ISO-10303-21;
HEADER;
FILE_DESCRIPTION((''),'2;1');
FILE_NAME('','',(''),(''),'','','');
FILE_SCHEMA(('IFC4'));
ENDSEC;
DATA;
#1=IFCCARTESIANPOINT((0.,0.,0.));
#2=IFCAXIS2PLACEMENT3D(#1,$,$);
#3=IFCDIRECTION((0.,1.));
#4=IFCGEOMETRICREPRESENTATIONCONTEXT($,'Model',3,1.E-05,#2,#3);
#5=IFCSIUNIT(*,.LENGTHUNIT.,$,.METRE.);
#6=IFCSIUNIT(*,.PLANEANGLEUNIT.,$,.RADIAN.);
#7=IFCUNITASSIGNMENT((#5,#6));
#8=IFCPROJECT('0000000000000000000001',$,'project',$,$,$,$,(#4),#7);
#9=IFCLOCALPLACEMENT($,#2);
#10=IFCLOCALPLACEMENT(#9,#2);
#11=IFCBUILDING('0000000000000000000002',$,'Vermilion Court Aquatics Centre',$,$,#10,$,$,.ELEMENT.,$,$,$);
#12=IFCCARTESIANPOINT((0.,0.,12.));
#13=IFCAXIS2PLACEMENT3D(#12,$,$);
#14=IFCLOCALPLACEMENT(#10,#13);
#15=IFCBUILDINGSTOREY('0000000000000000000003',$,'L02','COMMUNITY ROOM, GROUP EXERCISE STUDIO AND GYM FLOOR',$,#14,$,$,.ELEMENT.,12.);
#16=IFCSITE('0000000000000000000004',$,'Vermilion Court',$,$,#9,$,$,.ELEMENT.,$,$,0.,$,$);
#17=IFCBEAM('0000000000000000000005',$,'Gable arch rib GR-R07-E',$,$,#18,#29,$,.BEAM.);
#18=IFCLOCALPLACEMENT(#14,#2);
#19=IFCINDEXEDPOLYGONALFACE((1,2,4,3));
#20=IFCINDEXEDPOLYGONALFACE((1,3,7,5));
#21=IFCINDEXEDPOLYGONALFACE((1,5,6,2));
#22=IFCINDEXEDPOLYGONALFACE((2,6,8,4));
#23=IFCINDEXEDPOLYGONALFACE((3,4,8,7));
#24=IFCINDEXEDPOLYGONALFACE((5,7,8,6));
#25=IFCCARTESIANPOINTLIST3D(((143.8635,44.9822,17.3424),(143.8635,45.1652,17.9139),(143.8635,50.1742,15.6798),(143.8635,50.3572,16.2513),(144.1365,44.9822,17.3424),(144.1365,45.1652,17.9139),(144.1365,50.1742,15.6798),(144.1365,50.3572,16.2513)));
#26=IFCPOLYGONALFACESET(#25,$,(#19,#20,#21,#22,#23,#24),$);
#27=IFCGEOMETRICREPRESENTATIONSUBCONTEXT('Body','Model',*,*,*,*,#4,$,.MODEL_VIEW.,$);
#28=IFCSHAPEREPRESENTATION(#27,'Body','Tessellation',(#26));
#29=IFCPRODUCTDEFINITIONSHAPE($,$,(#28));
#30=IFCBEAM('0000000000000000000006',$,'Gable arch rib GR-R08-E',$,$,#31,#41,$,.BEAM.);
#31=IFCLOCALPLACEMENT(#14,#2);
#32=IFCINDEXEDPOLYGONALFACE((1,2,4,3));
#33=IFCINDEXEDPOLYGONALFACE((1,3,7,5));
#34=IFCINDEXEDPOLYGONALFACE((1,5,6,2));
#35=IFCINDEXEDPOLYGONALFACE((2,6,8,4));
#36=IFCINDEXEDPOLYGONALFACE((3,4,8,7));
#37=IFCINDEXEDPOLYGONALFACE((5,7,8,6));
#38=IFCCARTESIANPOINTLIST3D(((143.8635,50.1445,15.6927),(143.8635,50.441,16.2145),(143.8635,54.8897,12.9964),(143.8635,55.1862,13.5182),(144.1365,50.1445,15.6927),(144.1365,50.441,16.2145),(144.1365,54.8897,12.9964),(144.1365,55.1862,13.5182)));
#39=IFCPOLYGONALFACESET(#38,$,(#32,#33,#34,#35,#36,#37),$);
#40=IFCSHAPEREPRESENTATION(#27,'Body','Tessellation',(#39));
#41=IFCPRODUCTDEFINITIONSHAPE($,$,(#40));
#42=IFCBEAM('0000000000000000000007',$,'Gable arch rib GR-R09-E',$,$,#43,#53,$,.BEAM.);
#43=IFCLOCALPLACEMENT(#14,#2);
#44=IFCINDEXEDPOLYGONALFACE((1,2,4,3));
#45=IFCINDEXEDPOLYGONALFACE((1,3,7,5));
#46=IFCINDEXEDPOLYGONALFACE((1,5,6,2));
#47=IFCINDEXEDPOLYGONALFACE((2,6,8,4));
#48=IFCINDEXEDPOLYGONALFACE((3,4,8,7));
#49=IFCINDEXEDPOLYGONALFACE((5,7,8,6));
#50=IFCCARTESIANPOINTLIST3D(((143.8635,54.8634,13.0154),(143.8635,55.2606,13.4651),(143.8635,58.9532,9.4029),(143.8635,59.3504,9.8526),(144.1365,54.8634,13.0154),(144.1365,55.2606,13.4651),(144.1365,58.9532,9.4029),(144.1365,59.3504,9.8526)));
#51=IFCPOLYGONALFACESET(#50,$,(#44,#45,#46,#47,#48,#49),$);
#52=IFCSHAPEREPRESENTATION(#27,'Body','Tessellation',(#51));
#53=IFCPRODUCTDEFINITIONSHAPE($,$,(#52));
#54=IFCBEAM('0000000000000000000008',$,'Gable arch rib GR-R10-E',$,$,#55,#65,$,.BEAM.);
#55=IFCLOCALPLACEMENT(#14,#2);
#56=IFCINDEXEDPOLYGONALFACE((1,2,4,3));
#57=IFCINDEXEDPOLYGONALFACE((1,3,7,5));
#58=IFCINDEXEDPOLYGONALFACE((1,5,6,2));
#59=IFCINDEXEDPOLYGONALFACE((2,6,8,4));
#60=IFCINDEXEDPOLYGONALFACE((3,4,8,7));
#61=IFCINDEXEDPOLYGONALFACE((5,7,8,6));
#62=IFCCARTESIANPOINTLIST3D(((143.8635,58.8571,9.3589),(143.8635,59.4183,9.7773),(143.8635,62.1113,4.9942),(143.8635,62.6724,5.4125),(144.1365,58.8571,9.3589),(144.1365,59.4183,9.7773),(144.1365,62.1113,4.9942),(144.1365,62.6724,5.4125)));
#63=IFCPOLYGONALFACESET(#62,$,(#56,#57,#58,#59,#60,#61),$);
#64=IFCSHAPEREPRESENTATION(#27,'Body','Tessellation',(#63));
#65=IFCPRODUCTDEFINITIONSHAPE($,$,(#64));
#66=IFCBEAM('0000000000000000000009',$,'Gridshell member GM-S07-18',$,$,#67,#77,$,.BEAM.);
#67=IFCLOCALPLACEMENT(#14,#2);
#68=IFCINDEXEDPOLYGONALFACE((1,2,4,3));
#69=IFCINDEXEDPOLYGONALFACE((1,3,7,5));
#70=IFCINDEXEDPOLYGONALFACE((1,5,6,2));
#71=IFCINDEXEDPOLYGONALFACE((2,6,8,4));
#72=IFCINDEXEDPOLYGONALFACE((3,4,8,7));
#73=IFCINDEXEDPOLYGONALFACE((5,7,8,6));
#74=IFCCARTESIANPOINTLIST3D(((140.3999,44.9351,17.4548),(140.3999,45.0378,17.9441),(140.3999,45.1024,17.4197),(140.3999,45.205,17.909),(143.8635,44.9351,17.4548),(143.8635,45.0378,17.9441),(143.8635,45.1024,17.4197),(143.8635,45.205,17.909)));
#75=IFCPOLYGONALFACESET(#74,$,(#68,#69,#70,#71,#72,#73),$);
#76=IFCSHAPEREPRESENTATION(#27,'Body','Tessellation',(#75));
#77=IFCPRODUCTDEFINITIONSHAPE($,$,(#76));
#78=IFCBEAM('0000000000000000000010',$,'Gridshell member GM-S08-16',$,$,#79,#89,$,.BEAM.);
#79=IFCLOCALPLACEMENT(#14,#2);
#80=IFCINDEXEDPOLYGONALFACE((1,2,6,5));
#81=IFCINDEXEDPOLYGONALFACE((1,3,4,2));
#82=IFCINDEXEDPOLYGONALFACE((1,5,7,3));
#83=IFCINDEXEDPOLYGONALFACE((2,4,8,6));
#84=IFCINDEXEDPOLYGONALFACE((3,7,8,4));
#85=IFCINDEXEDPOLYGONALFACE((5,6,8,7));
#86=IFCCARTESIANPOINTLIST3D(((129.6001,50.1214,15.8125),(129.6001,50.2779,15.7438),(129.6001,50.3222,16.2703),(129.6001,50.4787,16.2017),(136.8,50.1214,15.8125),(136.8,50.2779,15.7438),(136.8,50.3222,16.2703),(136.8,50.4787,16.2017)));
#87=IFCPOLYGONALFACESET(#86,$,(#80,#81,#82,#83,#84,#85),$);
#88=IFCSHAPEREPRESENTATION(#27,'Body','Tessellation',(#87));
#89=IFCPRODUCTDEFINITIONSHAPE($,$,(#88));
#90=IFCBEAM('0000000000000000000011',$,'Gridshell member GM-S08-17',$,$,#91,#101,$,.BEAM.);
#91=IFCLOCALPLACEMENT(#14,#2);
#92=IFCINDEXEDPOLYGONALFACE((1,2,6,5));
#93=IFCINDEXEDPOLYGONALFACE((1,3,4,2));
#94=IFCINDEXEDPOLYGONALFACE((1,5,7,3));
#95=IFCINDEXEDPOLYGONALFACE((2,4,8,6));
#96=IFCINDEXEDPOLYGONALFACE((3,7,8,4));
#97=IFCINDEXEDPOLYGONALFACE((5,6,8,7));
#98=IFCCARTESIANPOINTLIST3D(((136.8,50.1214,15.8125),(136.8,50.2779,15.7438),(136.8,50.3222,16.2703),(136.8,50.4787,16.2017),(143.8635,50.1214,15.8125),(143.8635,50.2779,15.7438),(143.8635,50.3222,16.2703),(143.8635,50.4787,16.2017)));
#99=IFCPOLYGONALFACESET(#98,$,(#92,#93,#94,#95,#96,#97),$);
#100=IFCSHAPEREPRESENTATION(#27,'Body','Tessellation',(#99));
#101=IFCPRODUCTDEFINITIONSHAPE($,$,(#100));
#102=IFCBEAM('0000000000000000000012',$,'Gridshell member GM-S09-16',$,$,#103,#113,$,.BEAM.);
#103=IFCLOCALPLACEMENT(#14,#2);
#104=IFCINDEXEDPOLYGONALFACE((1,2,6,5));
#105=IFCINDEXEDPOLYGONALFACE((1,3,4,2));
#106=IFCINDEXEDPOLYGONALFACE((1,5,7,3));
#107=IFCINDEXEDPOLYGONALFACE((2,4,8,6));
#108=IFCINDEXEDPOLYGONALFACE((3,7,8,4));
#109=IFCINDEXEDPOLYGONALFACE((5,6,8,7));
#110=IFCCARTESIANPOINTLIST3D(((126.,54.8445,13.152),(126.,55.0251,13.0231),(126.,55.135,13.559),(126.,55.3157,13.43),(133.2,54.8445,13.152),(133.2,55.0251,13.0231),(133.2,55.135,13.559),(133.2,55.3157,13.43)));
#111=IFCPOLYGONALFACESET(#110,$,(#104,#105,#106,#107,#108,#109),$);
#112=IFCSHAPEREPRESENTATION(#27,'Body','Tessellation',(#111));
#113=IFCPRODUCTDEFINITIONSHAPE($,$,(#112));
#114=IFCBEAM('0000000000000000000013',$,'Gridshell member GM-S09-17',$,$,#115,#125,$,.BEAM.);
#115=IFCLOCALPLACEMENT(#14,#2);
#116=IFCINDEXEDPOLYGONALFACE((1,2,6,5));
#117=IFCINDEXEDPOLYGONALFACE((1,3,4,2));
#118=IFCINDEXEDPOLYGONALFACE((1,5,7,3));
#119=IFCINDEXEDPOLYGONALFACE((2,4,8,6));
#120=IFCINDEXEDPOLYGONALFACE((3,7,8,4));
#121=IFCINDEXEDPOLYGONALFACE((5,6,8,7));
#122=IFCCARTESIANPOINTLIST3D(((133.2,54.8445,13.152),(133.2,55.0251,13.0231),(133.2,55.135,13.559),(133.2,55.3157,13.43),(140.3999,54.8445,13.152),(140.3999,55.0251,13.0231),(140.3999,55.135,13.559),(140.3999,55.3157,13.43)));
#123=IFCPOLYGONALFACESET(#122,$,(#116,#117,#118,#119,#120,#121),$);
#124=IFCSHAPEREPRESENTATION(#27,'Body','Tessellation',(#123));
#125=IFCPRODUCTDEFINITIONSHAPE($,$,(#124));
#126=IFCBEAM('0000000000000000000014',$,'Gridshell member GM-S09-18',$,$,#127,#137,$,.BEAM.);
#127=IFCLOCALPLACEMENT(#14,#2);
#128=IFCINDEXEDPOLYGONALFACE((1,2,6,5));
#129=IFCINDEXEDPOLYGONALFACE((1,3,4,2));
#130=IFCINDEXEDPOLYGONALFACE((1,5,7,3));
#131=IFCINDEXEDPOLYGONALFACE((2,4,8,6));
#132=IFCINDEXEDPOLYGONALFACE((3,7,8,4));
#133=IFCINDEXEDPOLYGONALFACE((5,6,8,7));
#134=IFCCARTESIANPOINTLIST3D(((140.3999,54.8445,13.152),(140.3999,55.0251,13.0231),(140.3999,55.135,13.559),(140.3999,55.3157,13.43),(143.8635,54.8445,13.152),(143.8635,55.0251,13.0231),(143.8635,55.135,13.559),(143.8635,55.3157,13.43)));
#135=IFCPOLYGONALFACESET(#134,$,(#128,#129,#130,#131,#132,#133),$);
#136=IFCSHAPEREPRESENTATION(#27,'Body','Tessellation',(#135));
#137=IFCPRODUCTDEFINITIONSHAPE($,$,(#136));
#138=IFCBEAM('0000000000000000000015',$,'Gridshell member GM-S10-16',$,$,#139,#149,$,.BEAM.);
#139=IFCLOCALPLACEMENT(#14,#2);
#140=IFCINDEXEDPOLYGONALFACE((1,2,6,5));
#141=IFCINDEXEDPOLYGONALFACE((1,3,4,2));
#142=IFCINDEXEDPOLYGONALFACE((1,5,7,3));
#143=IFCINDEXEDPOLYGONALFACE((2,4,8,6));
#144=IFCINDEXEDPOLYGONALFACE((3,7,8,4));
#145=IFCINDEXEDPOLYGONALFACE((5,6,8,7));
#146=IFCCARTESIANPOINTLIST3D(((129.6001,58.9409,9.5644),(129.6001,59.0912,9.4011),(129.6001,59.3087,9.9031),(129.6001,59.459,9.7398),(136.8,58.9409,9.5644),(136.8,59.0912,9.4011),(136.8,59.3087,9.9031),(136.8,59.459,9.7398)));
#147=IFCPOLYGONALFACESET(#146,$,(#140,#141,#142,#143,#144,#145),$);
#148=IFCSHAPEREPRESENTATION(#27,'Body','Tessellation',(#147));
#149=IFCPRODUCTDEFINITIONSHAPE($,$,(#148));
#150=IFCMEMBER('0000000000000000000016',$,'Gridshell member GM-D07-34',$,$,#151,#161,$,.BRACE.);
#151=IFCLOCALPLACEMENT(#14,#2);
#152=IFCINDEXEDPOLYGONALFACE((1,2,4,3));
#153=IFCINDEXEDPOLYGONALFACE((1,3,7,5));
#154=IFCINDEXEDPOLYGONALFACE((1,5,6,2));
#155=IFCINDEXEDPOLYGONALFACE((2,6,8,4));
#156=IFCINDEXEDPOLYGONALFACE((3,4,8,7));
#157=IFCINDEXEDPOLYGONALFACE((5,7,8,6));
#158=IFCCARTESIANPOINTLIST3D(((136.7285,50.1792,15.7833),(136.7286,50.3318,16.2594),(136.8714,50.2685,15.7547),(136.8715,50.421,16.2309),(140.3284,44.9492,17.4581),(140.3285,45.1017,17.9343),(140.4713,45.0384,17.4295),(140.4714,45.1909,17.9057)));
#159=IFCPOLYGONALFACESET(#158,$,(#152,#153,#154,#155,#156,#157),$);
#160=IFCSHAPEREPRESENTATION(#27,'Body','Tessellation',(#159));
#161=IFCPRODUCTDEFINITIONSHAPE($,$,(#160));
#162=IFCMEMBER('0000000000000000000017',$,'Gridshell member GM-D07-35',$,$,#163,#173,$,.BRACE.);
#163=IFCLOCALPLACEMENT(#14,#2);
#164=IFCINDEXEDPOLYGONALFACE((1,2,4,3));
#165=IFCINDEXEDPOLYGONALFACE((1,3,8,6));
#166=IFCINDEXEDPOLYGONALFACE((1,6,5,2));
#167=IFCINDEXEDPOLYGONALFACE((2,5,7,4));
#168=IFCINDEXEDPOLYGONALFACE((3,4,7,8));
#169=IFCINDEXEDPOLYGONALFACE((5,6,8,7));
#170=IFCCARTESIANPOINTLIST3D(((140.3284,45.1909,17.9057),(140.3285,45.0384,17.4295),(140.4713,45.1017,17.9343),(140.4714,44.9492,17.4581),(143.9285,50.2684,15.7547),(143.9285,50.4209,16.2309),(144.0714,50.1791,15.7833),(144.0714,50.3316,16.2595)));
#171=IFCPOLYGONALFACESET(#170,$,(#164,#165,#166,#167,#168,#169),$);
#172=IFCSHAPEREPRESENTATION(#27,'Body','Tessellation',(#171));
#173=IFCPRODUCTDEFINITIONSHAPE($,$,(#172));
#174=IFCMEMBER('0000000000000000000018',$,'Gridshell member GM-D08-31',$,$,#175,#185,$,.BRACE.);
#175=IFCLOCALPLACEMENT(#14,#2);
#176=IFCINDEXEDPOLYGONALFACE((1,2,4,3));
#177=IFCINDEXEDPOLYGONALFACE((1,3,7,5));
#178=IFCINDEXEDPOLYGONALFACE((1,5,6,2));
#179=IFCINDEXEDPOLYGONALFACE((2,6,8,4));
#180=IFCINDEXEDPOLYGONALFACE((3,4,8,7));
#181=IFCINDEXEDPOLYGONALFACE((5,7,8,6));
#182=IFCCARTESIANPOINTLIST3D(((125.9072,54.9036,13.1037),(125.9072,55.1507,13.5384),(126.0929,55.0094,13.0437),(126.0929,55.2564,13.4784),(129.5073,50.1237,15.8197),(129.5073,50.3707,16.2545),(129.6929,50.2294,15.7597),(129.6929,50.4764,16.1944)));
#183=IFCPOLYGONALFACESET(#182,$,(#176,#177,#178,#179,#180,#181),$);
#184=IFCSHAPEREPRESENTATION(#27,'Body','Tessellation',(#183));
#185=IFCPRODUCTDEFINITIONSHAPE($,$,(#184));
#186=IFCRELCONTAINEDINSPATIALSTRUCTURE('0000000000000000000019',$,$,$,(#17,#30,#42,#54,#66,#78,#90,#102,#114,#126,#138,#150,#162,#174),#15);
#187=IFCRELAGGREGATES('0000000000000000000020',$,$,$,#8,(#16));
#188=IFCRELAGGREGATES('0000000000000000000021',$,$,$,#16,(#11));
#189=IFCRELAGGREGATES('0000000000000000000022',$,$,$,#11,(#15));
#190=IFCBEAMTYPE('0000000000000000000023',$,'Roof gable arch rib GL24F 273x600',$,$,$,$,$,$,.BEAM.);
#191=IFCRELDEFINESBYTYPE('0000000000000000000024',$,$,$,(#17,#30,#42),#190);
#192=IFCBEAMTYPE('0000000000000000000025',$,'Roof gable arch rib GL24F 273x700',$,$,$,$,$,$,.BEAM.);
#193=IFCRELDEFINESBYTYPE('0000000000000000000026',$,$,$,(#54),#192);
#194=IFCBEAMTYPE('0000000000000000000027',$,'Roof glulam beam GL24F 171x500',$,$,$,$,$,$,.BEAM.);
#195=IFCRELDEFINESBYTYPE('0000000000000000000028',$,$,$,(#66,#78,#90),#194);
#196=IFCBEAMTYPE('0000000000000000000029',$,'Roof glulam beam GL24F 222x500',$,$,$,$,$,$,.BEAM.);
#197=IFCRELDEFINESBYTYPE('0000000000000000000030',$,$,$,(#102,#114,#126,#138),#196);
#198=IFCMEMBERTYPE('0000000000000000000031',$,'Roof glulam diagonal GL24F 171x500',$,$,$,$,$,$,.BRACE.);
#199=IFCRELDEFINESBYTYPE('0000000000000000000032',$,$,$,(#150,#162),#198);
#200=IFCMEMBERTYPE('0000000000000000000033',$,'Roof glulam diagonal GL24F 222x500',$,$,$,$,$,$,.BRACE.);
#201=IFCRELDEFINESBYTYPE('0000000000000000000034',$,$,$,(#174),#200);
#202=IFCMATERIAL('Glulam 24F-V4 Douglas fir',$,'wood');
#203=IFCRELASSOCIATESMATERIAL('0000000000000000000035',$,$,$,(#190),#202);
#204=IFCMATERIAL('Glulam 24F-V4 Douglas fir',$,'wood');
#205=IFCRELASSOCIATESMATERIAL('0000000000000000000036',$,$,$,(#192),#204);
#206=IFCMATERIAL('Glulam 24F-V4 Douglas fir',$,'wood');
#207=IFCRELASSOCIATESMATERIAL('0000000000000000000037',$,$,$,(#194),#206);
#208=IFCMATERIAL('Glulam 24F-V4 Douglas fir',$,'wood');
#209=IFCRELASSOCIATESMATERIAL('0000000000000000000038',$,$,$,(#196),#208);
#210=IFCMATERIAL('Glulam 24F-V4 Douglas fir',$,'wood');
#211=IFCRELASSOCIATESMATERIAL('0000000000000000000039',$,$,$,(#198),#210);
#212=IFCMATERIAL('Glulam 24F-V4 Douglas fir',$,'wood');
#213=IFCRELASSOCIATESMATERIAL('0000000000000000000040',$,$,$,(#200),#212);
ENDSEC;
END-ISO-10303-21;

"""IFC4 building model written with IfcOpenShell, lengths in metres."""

from ifc_helpers import new_model, si_unit, direction, frame, origin, origin_2d, place, context, subcontext, project, spatial, rectangle, extrude, material, material_profile, profile_set, type_object, element, save


model = new_model("IFC4")

# Units and contexts
model_context = context("Model", 3, precision=1e-05, world=origin(), true_north=direction((0.0, 1.0)))
body_context = subcontext(model_context, "Body", "Model", "MODEL_VIEW")
ifc_project = project(units=[si_unit("LENGTHUNIT", "METRE"), si_unit("PLANEANGLEUNIT", "RADIAN")], contexts=[model_context])

# Site, building, storey
site_placement = place(None, origin())
site = spatial("IfcSite", under=ifc_project, at=site_placement, Name="Vermilion Court", CompositionType="ELEMENT", RefElevation=0.0)
building_placement = place(site_placement, origin())
building = spatial("IfcBuilding", under=site, at=building_placement, Name="Vermilion Court Aquatics Centre", CompositionType="ELEMENT")
storey_placement = place(building_placement, frame((0.0, 0.0, 12.0)))
storey = spatial("IfcBuildingStorey", under=building, at=storey_placement, Name="L02", Description="COMMUNITY ROOM, GROUP EXERCISE STUDIO AND GYM FLOOR", CompositionType="ELEMENT", Elevation=12.0)

# Beams
ifc_material_1 = material(Name="Glulam 24F-V4 Douglas fir", Category="wood")
ifc_material_profile_1 = material_profile(ifc_material_1, rectangle(XDim=0.2729, YDim=0.6001, at=origin_2d()), Name="GL24F 273x600")
ifc_profile_set_1 = profile_set([ifc_material_profile_1], Name="Glulam 24F-V4 Douglas fir")
beam_type_1 = type_object("IfcBeamType", Name="Roof gable arch rib GL24F 273x600", PredefinedType="BEAM", material=ifc_profile_set_1)
beam_1_placement = place(storey_placement, frame((144.0, 45.0737, 17.6282), z_axis=(0.0, 0.952361, -0.304974), x_axis=(-1.0, 0.0, 0.0)))
element("IfcBeam", 1, at=beam_1_placement, inside=storey, type_object=beam_type_1, Name="Gable arch rib GR-R07-E", PredefinedType="BEAM", context=body_context, shape_type="SweptSolid", body=[
    extrude(rectangle(XDim=0.2729, YDim=0.6001, at=origin_2d()), origin(), (0.0, 0.0, 1.0), 5.4517),
])
beam_2_placement = place(storey_placement, frame((144.0, 50.2927, 15.9536), z_axis=(0.0, 0.869441, -0.494037), x_axis=(-1.0, 0.0, 0.0)))
element("IfcBeam", 2, at=beam_2_placement, inside=storey, type_object=beam_type_1, Name="Gable arch rib GR-R08-E", PredefinedType="BEAM", context=body_context, shape_type="SweptSolid", body=[
    extrude(rectangle(XDim=0.2729, YDim=0.6001, at=origin_2d()), origin(), (0.0, 0.0, 1.0), 5.4578),
])
beam_3_placement = place(storey_placement, frame((144.0, 55.062, 13.2402), z_axis=(0.0, 0.749487, -0.66202), x_axis=(-1.0, 0.0, 0.0)))
element("IfcBeam", 3, at=beam_3_placement, inside=storey, type_object=beam_type_1, Name="Gable arch rib GR-R09-E", PredefinedType="BEAM", context=body_context, shape_type="SweptSolid", body=[
    extrude(rectangle(XDim=0.2729, YDim=0.6001, at=origin_2d()), origin(), (0.0, 0.0, 1.0), 5.4568),
])
ifc_material_2 = material(Name="Glulam 24F-V4 Douglas fir", Category="wood")
ifc_material_profile_2 = material_profile(ifc_material_2, rectangle(XDim=0.2729, YDim=0.7, at=origin_2d()), Name="GL24F 273x700")
ifc_profile_set_2 = profile_set([ifc_material_profile_2], Name="Glulam 24F-V4 Douglas fir")
beam_type_2 = type_object("IfcBeamType", Name="Roof gable arch rib GL24F 273x700", PredefinedType="BEAM", material=ifc_profile_set_2)
beam_4_placement = place(storey_placement, frame((144.0, 59.1377, 9.5681), z_axis=(0.0, 0.597716, -0.801708), x_axis=(-1.0, 0.0, 0.0)))
element("IfcBeam", 4, at=beam_4_placement, inside=storey, type_object=beam_type_2, Name="Gable arch rib GR-R10-E", PredefinedType="BEAM", context=body_context, shape_type="SweptSolid", body=[
    extrude(rectangle(XDim=0.2729, YDim=0.7, at=origin_2d()), origin(), (0.0, 0.0, 1.0), 5.4443),
])
ifc_material_3 = material(Name="Glulam 24F-V4 Douglas fir", Category="wood")
ifc_material_profile_3 = material_profile(ifc_material_3, rectangle(XDim=0.1709, YDim=0.5, at=origin_2d()), Name="GL24F 171x500")
ifc_profile_set_3 = profile_set([ifc_material_profile_3], Name="Glulam 24F-V4 Douglas fir")
beam_type_3 = type_object("IfcBeamType", Name="Roof glulam beam GL24F 171x500", PredefinedType="BEAM", material=ifc_profile_set_3)
beam_5_placement = place(storey_placement, frame((140.3999, 45.0701, 17.6819), z_axis=(1.0, 0.0, 0.0), x_axis=(0.0, 0.978692, -0.205333)))
element("IfcBeam", 5, at=beam_5_placement, inside=storey, type_object=beam_type_3, Name="Gridshell member GM-S07-18", PredefinedType="BEAM", context=body_context, shape_type="SweptSolid", body=[
    extrude(rectangle(XDim=0.1709, YDim=0.5, at=origin_2d()), origin(), (0.0, 0.0, 1.0), 3.4636),
])
beam_6_placement = place(storey_placement, frame((129.6001, 50.3, 16.0071), z_axis=(1.0, 0.0, 0.0), x_axis=(0.0, 0.915794, -0.401648)))
element("IfcBeam", 6, at=beam_6_placement, inside=storey, type_object=beam_type_3, Name="Gridshell member GM-S08-16", PredefinedType="BEAM", context=body_context, shape_type="SweptSolid", body=[
    extrude(rectangle(XDim=0.1709, YDim=0.5, at=origin_2d()), origin(), (0.0, 0.0, 1.0), 7.2),
])
beam_7_placement = place(storey_placement, frame((136.8, 50.3, 16.0071), z_axis=(1.0, 0.0, 0.0), x_axis=(0.0, 0.915794, -0.401648)))
element("IfcBeam", 7, at=beam_7_placement, inside=storey, type_object=beam_type_3, Name="Gridshell member GM-S08-17", PredefinedType="BEAM", context=body_context, shape_type="SweptSolid", body=[
    extrude(rectangle(XDim=0.1709, YDim=0.5, at=origin_2d()), origin(), (0.0, 0.0, 1.0), 7.0635),
])
ifc_material_4 = material(Name="Glulam 24F-V4 Douglas fir", Category="wood")
ifc_material_profile_4 = material_profile(ifc_material_4, rectangle(XDim=0.2219, YDim=0.5, at=origin_2d()), Name="GL24F 222x500")
ifc_profile_set_4 = profile_set([ifc_material_profile_4], Name="Glulam 24F-V4 Douglas fir")
beam_type_4 = type_object("IfcBeamType", Name="Roof glulam beam GL24F 222x500", PredefinedType="BEAM", material=ifc_profile_set_4)
for number, where, z_axis, x_axis, name in (
    (8, (126.0, 55.0801, 13.291), (1.0, 0.0, 0.0), (0.0, 0.813848, -0.581078), "Gridshell member GM-S09-16"),
    (9, (133.2, 55.0801, 13.291), (1.0, 0.0, 0.0), (0.0, 0.813848, -0.581078), "Gridshell member GM-S09-17"),
):
    element("IfcBeam", number, at=place(storey_placement, frame(where, z_axis=z_axis, x_axis=x_axis)), inside=storey, type_object=beam_type_4, Name=name, PredefinedType="BEAM", context=body_context, shape_type="SweptSolid", body=[
        extrude(rectangle(XDim=0.2219, YDim=0.5, at=origin_2d()), origin(), (0.0, 0.0, 1.0), 7.2),
    ])
beam_8_placement = place(storey_placement, frame((140.3999, 55.0801, 13.291), z_axis=(1.0, 0.0, 0.0), x_axis=(0.0, 0.813848, -0.581078)))
element("IfcBeam", 10, at=beam_8_placement, inside=storey, type_object=beam_type_4, Name="Gridshell member GM-S09-18", PredefinedType="BEAM", context=body_context, shape_type="SweptSolid", body=[
    extrude(rectangle(XDim=0.2219, YDim=0.5, at=origin_2d()), origin(), (0.0, 0.0, 1.0), 3.4636),
])
beam_9_placement = place(storey_placement, frame((129.6001, 59.2, 9.6521), z_axis=(1.0, 0.0, 0.0), x_axis=(0.0, 0.67726, -0.735744)))
element("IfcBeam", 11, at=beam_9_placement, inside=storey, type_object=beam_type_4, Name="Gridshell member GM-S10-16", PredefinedType="BEAM", context=body_context, shape_type="SweptSolid", body=[
    extrude(rectangle(XDim=0.2219, YDim=0.5, at=origin_2d()), origin(), (0.0, 0.0, 1.0), 7.2),
])

# Members
ifc_material_5 = material(Name="Glulam 24F-V4 Douglas fir", Category="wood")
ifc_material_profile_5 = material_profile(ifc_material_5, rectangle(XDim=0.1709, YDim=0.5, at=origin_2d()), Name="GL24F 171x500")
ifc_profile_set_5 = profile_set([ifc_material_profile_5], Name="Glulam 24F-V4 Douglas fir")
member_type_1 = type_object("IfcMemberType", Name="Roof glulam diagonal GL24F 171x500", PredefinedType="BRACE", material=ifc_profile_set_5)
for number, where, z_axis, x_axis, name in (
    (12, (140.3999, 45.0701, 17.6819), (-0.54823, 0.796485, -0.25506), (-0.836328, -0.522086, 0.167278), "Gridshell member GM-D07-34"),
    (13, (140.3999, 45.0701, 17.6819), (0.548256, 0.796469, -0.255055), (-0.836311, 0.522113, -0.167278), "Gridshell member GM-D07-35"),
):
    element("IfcMember", number, at=place(storey_placement, frame(where, z_axis=z_axis, x_axis=x_axis)), inside=storey, type_object=member_type_1, Name=name, PredefinedType="BRACE", context=body_context, shape_type="SweptSolid", body=[
        extrude(rectangle(XDim=0.1709, YDim=0.5, at=origin_2d()), origin(), (0.0, 0.0, 1.0), 6.5664),
    ])
ifc_material_6 = material(Name="Glulam 24F-V4 Douglas fir", Category="wood")
ifc_material_profile_6 = material_profile(ifc_material_6, rectangle(XDim=0.2219, YDim=0.5, at=origin_2d()), Name="GL24F 222x500")
ifc_profile_set_6 = profile_set([ifc_material_profile_6], Name="Glulam 24F-V4 Douglas fir")
member_type_2 = type_object("IfcMemberType", Name="Roof glulam diagonal GL24F 222x500", PredefinedType="BRACE", material=ifc_profile_set_6)
for number, where, z_axis, x_axis, name in (
    (14, (129.6001, 50.3, 16.0071), (-0.547824, 0.727373, -0.413301), (-0.836594, -0.476314, 0.270621), "Gridshell member GM-D08-31"),
):
    element("IfcMember", number, at=place(storey_placement, frame(where, z_axis=z_axis, x_axis=x_axis)), inside=storey, type_object=member_type_2, Name=name, PredefinedType="BRACE", context=body_context, shape_type="SweptSolid", body=[
        extrude(rectangle(XDim=0.2219, YDim=0.5, at=origin_2d()), origin(), (0.0, 0.0, 1.0), 6.5715),
    ])

save(model, "model.ifc")
